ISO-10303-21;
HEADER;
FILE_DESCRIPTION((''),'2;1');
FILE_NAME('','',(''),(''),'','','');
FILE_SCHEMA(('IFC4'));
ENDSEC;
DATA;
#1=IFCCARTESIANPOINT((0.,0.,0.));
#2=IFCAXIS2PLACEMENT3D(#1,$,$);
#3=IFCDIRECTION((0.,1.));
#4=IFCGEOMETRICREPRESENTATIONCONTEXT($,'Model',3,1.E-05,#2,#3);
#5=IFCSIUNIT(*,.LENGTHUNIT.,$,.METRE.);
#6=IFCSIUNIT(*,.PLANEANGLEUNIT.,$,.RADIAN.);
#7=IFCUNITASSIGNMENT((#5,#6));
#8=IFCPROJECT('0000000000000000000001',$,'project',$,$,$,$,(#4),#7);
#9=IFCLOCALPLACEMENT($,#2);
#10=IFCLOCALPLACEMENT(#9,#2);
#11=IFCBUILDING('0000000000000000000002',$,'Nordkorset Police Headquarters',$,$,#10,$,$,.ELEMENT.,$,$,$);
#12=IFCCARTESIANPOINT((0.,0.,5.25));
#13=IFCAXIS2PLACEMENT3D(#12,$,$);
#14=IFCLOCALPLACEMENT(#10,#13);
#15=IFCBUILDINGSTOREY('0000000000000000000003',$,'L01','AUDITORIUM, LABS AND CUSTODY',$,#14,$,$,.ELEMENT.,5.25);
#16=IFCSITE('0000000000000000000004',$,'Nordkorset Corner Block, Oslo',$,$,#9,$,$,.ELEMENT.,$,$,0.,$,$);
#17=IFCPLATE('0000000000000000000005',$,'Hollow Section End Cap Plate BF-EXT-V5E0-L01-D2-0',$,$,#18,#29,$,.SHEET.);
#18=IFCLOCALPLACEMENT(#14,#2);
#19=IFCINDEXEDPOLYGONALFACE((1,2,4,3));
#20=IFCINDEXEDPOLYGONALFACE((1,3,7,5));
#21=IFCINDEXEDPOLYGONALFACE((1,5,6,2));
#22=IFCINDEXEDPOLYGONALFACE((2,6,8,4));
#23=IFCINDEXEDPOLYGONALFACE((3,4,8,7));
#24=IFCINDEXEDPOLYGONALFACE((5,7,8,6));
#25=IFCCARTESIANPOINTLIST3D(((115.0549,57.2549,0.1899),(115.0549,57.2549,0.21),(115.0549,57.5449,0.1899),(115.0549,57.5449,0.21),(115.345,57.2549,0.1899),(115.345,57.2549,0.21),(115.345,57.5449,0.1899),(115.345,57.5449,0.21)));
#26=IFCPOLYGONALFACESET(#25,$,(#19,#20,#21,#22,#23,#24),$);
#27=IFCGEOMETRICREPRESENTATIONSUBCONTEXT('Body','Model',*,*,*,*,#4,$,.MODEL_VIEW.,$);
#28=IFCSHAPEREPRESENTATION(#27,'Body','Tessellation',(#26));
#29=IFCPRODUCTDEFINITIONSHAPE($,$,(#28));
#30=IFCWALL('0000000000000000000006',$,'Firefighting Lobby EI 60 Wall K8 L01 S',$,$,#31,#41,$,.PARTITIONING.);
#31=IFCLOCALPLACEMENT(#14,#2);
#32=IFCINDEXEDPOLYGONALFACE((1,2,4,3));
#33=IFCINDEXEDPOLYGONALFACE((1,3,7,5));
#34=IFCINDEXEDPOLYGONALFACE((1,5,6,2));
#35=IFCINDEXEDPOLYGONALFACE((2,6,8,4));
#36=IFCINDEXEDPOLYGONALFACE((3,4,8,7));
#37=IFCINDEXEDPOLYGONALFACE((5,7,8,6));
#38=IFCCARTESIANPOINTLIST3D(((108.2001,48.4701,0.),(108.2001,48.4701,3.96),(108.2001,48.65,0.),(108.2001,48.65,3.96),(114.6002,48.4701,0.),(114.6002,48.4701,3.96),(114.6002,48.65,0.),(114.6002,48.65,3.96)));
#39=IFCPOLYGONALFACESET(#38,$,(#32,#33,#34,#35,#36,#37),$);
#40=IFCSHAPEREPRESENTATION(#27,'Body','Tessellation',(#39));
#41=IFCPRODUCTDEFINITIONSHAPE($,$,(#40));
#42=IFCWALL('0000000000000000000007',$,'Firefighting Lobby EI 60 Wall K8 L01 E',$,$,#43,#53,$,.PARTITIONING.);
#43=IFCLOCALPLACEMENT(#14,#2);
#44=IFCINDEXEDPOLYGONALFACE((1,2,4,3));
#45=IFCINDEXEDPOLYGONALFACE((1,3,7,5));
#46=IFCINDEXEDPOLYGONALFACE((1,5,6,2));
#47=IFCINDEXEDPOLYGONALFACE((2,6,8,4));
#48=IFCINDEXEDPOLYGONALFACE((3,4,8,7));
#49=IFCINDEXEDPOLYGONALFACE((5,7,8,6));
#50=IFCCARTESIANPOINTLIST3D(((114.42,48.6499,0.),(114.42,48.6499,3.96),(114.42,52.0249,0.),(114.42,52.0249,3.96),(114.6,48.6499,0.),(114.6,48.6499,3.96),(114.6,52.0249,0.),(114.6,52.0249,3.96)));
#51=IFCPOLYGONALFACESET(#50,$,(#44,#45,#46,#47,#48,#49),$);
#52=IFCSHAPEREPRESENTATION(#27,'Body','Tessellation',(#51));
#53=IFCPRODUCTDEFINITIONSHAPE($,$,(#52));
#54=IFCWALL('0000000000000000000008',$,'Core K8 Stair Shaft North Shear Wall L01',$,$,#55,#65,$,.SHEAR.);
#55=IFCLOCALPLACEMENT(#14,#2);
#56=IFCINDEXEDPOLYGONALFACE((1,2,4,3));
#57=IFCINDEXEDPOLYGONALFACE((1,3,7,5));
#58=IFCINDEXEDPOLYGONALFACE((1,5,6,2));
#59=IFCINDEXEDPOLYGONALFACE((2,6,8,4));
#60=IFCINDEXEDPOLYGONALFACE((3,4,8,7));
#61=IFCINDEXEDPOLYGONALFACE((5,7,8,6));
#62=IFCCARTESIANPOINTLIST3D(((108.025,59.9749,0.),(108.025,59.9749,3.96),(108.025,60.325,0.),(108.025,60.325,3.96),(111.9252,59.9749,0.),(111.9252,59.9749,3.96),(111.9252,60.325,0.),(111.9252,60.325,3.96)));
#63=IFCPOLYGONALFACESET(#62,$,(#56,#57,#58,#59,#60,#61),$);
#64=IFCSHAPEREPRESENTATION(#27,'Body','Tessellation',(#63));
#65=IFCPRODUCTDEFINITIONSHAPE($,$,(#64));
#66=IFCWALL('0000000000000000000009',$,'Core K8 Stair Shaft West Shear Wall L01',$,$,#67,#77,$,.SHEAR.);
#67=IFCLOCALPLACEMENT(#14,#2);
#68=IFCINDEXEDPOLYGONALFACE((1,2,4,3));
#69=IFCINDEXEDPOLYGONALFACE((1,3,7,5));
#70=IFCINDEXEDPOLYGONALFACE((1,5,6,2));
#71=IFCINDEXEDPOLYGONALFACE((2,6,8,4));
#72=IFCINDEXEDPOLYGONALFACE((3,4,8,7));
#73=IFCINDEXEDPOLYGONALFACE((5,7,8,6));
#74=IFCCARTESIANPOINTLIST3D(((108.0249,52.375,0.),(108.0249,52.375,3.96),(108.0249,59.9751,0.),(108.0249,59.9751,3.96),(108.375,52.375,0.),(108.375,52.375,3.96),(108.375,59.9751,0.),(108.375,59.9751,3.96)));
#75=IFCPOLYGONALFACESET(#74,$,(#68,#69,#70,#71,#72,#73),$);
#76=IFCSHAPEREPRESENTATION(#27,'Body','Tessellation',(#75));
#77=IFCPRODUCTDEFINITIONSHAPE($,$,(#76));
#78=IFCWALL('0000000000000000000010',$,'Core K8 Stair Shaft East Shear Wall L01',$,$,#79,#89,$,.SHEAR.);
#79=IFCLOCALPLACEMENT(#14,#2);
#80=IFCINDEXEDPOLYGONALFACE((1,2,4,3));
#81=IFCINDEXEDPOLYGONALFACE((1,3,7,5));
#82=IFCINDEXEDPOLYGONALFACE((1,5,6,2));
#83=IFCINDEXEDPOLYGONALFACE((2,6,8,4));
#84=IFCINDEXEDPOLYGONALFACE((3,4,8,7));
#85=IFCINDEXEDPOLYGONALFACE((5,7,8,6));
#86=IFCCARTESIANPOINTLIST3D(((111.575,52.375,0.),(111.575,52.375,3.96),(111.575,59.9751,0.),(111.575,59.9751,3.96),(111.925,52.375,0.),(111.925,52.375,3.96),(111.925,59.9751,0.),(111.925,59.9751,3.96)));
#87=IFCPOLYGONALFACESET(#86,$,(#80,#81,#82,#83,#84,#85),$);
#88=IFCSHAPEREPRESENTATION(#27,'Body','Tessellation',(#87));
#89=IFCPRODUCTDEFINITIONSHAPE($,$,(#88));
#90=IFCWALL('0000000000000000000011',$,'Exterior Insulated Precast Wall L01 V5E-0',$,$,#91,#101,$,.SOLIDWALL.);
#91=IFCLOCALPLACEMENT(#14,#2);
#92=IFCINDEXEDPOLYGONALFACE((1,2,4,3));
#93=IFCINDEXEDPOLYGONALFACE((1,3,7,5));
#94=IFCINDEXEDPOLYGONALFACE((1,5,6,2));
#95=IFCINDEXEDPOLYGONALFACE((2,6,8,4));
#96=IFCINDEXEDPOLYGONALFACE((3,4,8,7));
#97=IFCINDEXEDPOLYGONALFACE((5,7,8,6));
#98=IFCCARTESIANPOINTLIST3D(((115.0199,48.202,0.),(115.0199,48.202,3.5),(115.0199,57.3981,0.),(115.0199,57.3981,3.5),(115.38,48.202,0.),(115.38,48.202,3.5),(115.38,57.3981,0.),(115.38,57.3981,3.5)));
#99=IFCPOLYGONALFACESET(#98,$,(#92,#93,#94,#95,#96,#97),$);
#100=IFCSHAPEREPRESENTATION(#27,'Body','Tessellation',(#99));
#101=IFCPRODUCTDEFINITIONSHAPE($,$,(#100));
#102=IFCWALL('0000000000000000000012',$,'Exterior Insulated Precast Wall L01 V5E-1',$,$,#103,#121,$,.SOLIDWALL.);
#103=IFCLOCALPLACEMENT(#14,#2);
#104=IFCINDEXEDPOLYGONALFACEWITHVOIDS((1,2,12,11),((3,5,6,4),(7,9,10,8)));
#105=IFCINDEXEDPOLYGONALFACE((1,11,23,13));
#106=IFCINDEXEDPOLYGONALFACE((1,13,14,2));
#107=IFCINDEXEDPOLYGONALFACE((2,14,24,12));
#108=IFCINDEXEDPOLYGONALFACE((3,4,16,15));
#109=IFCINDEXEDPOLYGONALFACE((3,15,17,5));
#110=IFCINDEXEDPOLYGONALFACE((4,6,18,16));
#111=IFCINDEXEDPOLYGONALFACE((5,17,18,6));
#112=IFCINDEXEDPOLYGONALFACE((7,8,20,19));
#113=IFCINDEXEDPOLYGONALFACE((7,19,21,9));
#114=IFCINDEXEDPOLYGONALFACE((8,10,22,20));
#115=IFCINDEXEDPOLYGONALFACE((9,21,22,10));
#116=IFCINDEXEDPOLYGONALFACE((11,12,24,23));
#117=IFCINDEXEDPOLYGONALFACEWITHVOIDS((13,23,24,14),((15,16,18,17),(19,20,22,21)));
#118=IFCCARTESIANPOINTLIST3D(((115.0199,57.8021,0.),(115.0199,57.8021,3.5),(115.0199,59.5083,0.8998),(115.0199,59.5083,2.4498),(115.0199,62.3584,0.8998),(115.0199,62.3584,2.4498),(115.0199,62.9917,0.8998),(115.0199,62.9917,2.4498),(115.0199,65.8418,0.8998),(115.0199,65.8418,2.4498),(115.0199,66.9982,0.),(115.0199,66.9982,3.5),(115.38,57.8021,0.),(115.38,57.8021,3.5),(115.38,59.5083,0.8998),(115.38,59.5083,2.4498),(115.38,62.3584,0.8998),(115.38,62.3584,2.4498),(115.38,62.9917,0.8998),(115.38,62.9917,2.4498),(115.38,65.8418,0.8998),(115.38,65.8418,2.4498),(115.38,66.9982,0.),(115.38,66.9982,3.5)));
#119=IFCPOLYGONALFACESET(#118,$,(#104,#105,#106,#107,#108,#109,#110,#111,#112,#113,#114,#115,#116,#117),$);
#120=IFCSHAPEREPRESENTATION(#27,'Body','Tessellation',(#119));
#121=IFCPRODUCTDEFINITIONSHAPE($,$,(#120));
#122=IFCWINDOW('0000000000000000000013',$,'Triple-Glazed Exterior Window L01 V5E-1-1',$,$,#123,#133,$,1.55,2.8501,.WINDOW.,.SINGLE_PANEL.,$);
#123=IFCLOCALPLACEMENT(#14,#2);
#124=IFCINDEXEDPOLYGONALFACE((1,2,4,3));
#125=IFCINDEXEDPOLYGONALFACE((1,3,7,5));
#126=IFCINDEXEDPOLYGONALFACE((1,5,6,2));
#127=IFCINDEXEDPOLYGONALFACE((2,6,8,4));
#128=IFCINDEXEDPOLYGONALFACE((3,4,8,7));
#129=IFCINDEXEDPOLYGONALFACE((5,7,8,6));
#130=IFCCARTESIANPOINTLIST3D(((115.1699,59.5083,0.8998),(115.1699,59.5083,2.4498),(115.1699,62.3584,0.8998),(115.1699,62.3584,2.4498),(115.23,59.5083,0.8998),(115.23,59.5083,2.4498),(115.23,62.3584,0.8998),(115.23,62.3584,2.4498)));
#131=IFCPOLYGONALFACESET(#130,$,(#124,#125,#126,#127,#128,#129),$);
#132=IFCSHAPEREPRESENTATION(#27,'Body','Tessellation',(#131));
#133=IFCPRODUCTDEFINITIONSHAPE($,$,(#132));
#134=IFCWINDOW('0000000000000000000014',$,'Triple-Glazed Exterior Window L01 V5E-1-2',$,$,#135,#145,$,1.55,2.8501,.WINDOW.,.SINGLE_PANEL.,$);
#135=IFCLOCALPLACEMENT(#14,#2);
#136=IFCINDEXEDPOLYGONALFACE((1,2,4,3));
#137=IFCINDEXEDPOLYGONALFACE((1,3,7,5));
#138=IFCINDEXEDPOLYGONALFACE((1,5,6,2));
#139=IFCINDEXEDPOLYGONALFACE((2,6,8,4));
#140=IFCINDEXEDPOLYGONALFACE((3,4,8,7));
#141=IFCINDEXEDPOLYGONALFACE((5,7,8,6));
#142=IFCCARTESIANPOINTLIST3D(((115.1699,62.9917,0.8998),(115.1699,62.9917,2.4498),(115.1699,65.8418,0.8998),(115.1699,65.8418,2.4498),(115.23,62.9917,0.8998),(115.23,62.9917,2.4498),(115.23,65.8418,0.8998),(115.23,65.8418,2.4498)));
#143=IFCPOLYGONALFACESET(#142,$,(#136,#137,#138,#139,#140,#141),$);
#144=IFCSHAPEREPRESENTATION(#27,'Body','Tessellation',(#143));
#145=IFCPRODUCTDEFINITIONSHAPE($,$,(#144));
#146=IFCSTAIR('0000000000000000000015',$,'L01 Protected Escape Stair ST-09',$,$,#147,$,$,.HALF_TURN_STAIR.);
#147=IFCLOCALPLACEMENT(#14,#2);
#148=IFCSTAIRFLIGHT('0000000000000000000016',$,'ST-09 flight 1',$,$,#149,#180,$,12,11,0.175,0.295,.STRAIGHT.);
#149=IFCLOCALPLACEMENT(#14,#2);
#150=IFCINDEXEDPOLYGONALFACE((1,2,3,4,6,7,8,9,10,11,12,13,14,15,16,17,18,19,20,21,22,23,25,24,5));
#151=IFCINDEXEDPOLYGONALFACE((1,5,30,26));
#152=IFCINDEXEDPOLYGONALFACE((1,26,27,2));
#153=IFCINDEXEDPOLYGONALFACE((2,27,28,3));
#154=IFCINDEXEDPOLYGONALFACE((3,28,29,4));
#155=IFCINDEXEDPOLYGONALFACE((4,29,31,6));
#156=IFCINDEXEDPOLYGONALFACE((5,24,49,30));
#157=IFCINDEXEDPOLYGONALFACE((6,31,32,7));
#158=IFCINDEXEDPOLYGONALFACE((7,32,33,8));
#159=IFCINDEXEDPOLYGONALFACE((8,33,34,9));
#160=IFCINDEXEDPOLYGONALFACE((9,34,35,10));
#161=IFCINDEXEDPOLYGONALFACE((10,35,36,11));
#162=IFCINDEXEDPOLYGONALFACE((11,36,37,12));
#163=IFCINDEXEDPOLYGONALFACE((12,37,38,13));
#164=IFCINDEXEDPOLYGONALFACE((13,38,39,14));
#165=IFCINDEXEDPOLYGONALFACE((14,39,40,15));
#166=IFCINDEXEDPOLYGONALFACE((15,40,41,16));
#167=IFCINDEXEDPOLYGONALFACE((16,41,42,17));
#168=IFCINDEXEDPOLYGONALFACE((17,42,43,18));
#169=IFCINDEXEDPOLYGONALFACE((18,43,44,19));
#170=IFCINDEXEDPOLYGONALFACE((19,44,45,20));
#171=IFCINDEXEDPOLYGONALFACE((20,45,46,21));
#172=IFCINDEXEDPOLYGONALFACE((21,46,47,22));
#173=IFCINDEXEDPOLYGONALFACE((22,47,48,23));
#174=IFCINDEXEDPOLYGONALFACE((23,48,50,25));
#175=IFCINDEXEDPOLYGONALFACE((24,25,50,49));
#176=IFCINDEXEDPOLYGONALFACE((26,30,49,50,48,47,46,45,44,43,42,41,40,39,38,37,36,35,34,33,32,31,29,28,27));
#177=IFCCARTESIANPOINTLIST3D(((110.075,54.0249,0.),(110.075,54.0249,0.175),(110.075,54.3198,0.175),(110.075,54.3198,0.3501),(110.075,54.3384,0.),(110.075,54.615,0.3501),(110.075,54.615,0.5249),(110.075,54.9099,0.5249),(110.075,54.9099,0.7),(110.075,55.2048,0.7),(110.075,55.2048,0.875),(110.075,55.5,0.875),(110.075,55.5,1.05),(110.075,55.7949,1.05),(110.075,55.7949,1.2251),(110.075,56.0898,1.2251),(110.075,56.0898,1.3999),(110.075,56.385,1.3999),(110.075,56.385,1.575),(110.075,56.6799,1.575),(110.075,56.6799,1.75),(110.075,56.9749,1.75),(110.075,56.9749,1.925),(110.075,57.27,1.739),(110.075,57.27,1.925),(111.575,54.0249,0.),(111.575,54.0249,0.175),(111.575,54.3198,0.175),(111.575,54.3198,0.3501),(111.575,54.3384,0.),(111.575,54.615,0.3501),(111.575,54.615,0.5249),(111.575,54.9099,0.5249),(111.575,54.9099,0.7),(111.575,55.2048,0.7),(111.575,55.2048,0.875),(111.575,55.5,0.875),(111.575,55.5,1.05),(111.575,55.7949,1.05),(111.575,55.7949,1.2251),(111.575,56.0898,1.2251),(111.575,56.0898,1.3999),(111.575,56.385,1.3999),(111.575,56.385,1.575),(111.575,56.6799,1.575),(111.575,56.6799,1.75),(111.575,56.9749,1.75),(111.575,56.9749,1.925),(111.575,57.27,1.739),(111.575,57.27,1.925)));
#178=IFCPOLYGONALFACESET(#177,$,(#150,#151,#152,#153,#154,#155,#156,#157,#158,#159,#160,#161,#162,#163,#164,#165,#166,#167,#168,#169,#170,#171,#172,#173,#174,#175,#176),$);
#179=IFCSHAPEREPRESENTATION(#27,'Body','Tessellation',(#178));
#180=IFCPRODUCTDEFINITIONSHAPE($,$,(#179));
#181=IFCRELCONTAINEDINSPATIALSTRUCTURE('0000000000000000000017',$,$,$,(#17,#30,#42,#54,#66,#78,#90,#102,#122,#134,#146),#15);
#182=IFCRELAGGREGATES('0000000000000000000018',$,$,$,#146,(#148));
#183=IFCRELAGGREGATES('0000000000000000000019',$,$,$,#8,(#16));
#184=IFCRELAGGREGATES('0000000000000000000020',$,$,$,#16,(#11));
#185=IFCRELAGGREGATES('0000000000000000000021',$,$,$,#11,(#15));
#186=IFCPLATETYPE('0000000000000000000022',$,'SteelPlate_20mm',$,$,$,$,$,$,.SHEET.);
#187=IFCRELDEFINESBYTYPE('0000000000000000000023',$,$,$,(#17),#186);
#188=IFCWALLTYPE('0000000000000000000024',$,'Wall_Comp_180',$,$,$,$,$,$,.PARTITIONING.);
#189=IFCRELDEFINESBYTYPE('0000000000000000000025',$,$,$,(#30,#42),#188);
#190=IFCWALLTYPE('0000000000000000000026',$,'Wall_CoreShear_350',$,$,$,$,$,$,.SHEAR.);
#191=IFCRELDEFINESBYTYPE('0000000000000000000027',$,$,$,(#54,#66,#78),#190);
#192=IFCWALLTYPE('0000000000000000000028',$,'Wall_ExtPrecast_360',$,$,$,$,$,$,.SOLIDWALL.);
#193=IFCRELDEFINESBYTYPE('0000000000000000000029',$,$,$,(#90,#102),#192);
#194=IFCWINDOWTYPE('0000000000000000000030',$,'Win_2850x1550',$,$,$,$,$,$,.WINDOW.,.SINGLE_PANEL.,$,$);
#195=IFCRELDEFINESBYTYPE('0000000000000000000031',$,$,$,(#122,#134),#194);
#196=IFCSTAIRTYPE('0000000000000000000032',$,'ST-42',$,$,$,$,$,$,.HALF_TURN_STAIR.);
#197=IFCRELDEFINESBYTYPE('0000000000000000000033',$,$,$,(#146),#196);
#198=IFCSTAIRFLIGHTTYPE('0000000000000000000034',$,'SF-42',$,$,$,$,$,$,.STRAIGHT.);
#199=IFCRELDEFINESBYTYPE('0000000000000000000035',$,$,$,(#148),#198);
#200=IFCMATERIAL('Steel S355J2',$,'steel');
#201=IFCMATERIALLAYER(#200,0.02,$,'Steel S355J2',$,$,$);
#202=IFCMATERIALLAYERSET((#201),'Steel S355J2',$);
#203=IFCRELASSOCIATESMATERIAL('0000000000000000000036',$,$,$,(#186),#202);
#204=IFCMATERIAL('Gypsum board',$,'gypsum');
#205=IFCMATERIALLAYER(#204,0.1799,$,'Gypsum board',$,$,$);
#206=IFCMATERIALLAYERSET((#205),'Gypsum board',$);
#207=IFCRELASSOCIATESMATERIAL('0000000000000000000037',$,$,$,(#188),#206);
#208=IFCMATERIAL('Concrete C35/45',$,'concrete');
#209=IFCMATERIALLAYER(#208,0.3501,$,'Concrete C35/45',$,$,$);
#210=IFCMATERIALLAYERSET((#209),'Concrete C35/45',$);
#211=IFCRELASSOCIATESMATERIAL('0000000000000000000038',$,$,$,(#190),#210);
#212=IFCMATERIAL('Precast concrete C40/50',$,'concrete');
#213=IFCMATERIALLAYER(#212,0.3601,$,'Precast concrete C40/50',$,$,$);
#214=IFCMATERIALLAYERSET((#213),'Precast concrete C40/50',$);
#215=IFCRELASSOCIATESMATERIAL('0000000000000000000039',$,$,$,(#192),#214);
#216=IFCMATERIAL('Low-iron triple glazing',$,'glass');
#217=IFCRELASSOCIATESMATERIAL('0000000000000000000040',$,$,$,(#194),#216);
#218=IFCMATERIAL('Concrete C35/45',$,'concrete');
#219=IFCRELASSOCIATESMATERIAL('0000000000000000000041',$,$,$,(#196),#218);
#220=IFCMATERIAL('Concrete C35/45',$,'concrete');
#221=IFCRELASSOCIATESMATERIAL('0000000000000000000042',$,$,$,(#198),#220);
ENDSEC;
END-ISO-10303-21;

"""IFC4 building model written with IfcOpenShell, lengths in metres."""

from ifc_helpers import new_model, si_unit, direction, frame, frame_2d, origin, origin_2d, place, context, subcontext, project, spatial, polyline, rectangle, outline, extrude, material, layer, layer_set, type_object, element, fill, aggregate, save


model = new_model("IFC4")

# Units and contexts
model_context = context("Model", 3, precision=1e-05, world=origin(), true_north=direction((0.0, 1.0)))
body_context = subcontext(model_context, "Body", "Model", "MODEL_VIEW")
ifc_project = project(units=[si_unit("LENGTHUNIT", "METRE"), si_unit("PLANEANGLEUNIT", "RADIAN")], contexts=[model_context])

# Site, building, storey
site_placement = place(None, origin())
site = spatial("IfcSite", under=ifc_project, at=site_placement, Name="Nordkorset Corner Block, Oslo", CompositionType="ELEMENT", RefElevation=0.0)
building_placement = place(site_placement, origin())
building = spatial("IfcBuilding", under=site, at=building_placement, Name="Nordkorset Police Headquarters", CompositionType="ELEMENT")
storey_placement = place(building_placement, frame((0.0, 0.0, 5.25)))
storey = spatial("IfcBuildingStorey", under=building, at=storey_placement, Name="L01", Description="AUDITORIUM, LABS AND CUSTODY", CompositionType="ELEMENT", Elevation=5.25)

# Plate
ifc_material_1 = material(Name="Steel S355J2", Category="steel")
ifc_layer_1 = layer(ifc_material_1, 0.02, Name="Steel S355J2")
ifc_layer_set_1 = layer_set([ifc_layer_1], Name="Steel S355J2")
plate_type = type_object("IfcPlateType", Name="SteelPlate_20mm", PredefinedType="SHEET", material=ifc_layer_set_1)
for number, where, z_axis, x_axis, name in (
    (1, (115.2, 57.3999, 0.1899), (0.0, 0.0, 1.0), (1.0, 0.0, 0.0), "Hollow Section End Cap Plate BF-EXT-V5E0-L01-D2-0"),
):
    element("IfcPlate", number, at=place(storey_placement, frame(where, z_axis=z_axis, x_axis=x_axis)), inside=storey, type_object=plate_type, Name=name, PredefinedType="SHEET", context=body_context, shape_type="SweptSolid", body=[
        extrude(rectangle(XDim=0.29, YDim=0.29, at=origin_2d()), origin(), (0.0, 0.0, 1.0), 0.02),
    ])

# Wall
ifc_material_2 = material(Name="Gypsum board", Category="gypsum")
ifc_layer_2 = layer(ifc_material_2, 0.1799, Name="Gypsum board")
ifc_layer_set_2 = layer_set([ifc_layer_2], Name="Gypsum board")
wall_type_1 = type_object("IfcWallType", Name="Wall_Comp_180", PredefinedType="PARTITIONING", material=ifc_layer_set_2)
wall_1_placement = place(storey_placement, frame((108.2, 48.5601, 0.0), z_axis=(0.0, 0.0, 1.0), x_axis=(1.0, 0.0, 0.0)))
element("IfcWall", 2, at=wall_1_placement, inside=storey, type_object=wall_type_1, Name="Firefighting Lobby EI 60 Wall K8 L01 S", PredefinedType="PARTITIONING", context=body_context, shape_type="SweptSolid", body=[
    extrude(rectangle(XDim=6.4001, YDim=0.1799, at=frame_2d((3.2002, 0.0))), origin(), (0.0, 0.0, 1.0), 3.96),
])

# Wall
wall_2_placement = place(storey_placement, frame((114.51, 48.6499, 0.0), z_axis=(0.0, 0.0, 1.0), x_axis=(0.0, 1.0, 0.0)))
element("IfcWall", 3, at=wall_2_placement, inside=storey, type_object=wall_type_1, Name="Firefighting Lobby EI 60 Wall K8 L01 E", PredefinedType="PARTITIONING", context=body_context, shape_type="SweptSolid", body=[
    extrude(rectangle(XDim=3.375, YDim=0.1799, at=frame_2d((1.6875, 0.0))), origin(), (0.0, 0.0, 1.0), 3.96),
])

# Shared definitions
ifc_material_3 = material(Name="Concrete C35/45", Category="concrete")
ifc_layer_3 = layer(ifc_material_3, 0.3501, Name="Concrete C35/45")
ifc_layer_set_3 = layer_set([ifc_layer_3], Name="Concrete C35/45")
wall_type_2 = type_object("IfcWallType", Name="Wall_CoreShear_350", PredefinedType="SHEAR", material=ifc_layer_set_3)

# Walls
wall_3_placement = place(storey_placement, frame((108.0249, 60.1499, 0.0), z_axis=(0.0, 0.0, 1.0), x_axis=(1.0, 0.0, 0.0)))
element("IfcWall", 4, at=wall_3_placement, inside=storey, type_object=wall_type_2, Name="Core K8 Stair Shaft North Shear Wall L01", PredefinedType="SHEAR", context=body_context, shape_type="SweptSolid", body=[
    extrude(rectangle(XDim=3.9001, YDim=0.3501, at=frame_2d((1.9502, 0.0))), origin(), (0.0, 0.0, 1.0), 3.96),
])
for number, where, z_axis, x_axis, name in (
    (5, (108.2, 52.375, 0.0), (0.0, 0.0, 1.0), (0.0, 1.0, 0.0), "Core K8 Stair Shaft West Shear Wall L01"),
    (6, (111.75, 52.375, 0.0), (0.0, 0.0, 1.0), (0.0, 1.0, 0.0), "Core K8 Stair Shaft East Shear Wall L01"),
):
    element("IfcWall", number, at=place(storey_placement, frame(where, z_axis=z_axis, x_axis=x_axis)), inside=storey, type_object=wall_type_2, Name=name, PredefinedType="SHEAR", context=body_context, shape_type="SweptSolid", body=[
        extrude(rectangle(XDim=7.6001, YDim=0.3501, at=frame_2d((3.8, 0.0))), origin(), (0.0, 0.0, 1.0), 3.96),
    ])
ifc_material_4 = material(Name="Precast concrete C40/50", Category="concrete")
ifc_layer_4 = layer(ifc_material_4, 0.3601, Name="Precast concrete C40/50")
ifc_layer_set_4 = layer_set([ifc_layer_4], Name="Precast concrete C40/50")
wall_type_3 = type_object("IfcWallType", Name="Wall_ExtPrecast_360", PredefinedType="SOLIDWALL", material=ifc_layer_set_4)
wall_4_placement = place(storey_placement, frame((115.2, 48.2019, 0.0), z_axis=(0.0, 0.0, 1.0), x_axis=(0.0, 1.0, 0.0)))
element("IfcWall", 7, at=wall_4_placement, inside=storey, type_object=wall_type_3, Name="Exterior Insulated Precast Wall L01 V5E-0", PredefinedType="SOLIDWALL", context=body_context, shape_type="SweptSolid", body=[
    extrude(rectangle(XDim=9.196, YDim=0.3601, at=frame_2d((4.5981, 0.0))), origin(), (0.0, 0.0, 1.0), 3.5),
])

# Wall, openings, windows
wall_5_placement = place(storey_placement, frame((115.2, 57.802, 0.0), z_axis=(0.0, 0.0, 1.0), x_axis=(0.0, 1.0, 0.0)))
wall_5 = element("IfcWall", 8, at=wall_5_placement, inside=storey, type_object=wall_type_3, Name="Exterior Insulated Precast Wall L01 V5E-1", PredefinedType="SOLIDWALL", context=body_context, shape_type="SweptSolid", body=[
    extrude(rectangle(XDim=9.196, YDim=0.3601, at=frame_2d((4.5981, 0.0))), origin(), (0.0, 0.0, 1.0), 3.5),
])
opening_1_placement = place(wall_5_placement, frame((1.7063, 0.0, 0.8999)))
opening_1 = element("IfcOpeningElement", 9, at=opening_1_placement, cuts=wall_5, PredefinedType="OPENING", context=body_context, shape_type="SweptSolid", body=[
    extrude(rectangle(XDim=2.8501, YDim=1.55, at=frame_2d((1.425, 0.7749))), frame((0.0, 0.1899, 0.0), z_axis=(0.0, -1.0, 0.0), x_axis=(1.0, 0.0, 0.0)), (0.0, 0.0, 1.0), 0.3801),
])
opening_2_placement = place(wall_5_placement, frame((5.1897, 0.0, 0.8999)))
opening_2 = element("IfcOpeningElement", 10, at=opening_2_placement, cuts=wall_5, PredefinedType="OPENING", context=body_context, shape_type="SweptSolid", body=[
    extrude(rectangle(XDim=2.8501, YDim=1.55, at=frame_2d((1.425, 0.7749))), frame((0.0, 0.1899, 0.0), z_axis=(0.0, -1.0, 0.0), x_axis=(1.0, 0.0, 0.0)), (0.0, 0.0, 1.0), 0.3801),
])
ifc_material_5 = material(Name="Low-iron triple glazing", Category="glass")
window_type = type_object("IfcWindowType", Name="Win_2850x1550", PartitioningType="SINGLE_PANEL", PredefinedType="WINDOW", material=ifc_material_5)
window_1_placement = place(opening_1_placement, origin())
window_1 = element("IfcWindow", 11, at=window_1_placement, inside=storey, type_object=window_type, Name="Triple-Glazed Exterior Window L01 V5E-1-1", OverallHeight=1.55, OverallWidth=2.8501, PartitioningType="SINGLE_PANEL", PredefinedType="WINDOW", context=body_context, shape_type="SweptSolid", body=[
    extrude(rectangle(XDim=2.8501, YDim=1.55, at=frame_2d((1.425, 0.7749))), frame((0.0, 0.03, 0.0), z_axis=(0.0, -1.0, 0.0), x_axis=(1.0, 0.0, 0.0)), (0.0, 0.0, 1.0), 0.0601),
])
fill(opening_1, window_1)
window_2_placement = place(opening_2_placement, origin())
window_2 = element("IfcWindow", 12, at=window_2_placement, inside=storey, type_object=window_type, Name="Triple-Glazed Exterior Window L01 V5E-1-2", OverallHeight=1.55, OverallWidth=2.8501, PartitioningType="SINGLE_PANEL", PredefinedType="WINDOW", context=body_context, shape_type="SweptSolid", body=[
    extrude(rectangle(XDim=2.8501, YDim=1.55, at=frame_2d((1.425, 0.7749))), frame((0.0, 0.03, 0.0), z_axis=(0.0, -1.0, 0.0), x_axis=(1.0, 0.0, 0.0)), (0.0, 0.0, 1.0), 0.0601),
])
fill(opening_2, window_2)

# Stair, stair flight
ifc_material_6 = material(Name="Concrete C35/45", Category="concrete")
stair_type = type_object("IfcStairType", Name="ST-42", PredefinedType="HALF_TURN_STAIR", material=ifc_material_6)
stair_placement = place(storey_placement, origin())
stair = element("IfcStair", 13, at=stair_placement, inside=storey, type_object=stair_type, Name="L01 Protected Escape Stair ST-09", PredefinedType="HALF_TURN_STAIR")
ifc_material_7 = material(Name="Concrete C35/45", Category="concrete")
stair_flight_type = type_object("IfcStairFlightType", Name="SF-42", PredefinedType="STRAIGHT", material=ifc_material_7)
stair_flight_1_placement = place(storey_placement, frame((110.825, 54.0249, 0.0), z_axis=(0.0, 0.0, 1.0), x_axis=(0.0, 1.0, 0.0)))
stair_flight_1 = element("IfcStairFlight", 14, at=stair_flight_1_placement, type_object=stair_flight_type, Name="ST-09 flight 1", NumberOfRisers=12, NumberOfTreads=11, PredefinedType="STRAIGHT", RiserHeight=0.175, TreadLength=0.295, context=body_context, shape_type="SweptSolid", body=[
    extrude(outline(polyline([(0.0, 0.0), (0.0, 0.175), (0.2949, 0.175), (0.2949, 0.3501), (0.5901, 0.3501), (0.5901, 0.5249), (0.885, 0.5249), (0.885, 0.7), (1.1799, 0.7), (1.1799, 0.875), (1.4751, 0.875), (1.4751, 1.05), (1.77, 1.05), (1.77, 1.2251), (2.0649, 1.2251), (2.0649, 1.3999), (2.3601, 1.3999), (2.3601, 1.575), (2.655, 1.575), (2.655, 1.75), (2.95, 1.75), (2.95, 1.925), (3.2451, 1.925), (3.2451, 2.1001), (3.2451, 1.739), (0.3135, 0.0), (0.0, 0.0)])), frame((0.0, 0.75, 0.0), z_axis=(0.0, -1.0, 0.0), x_axis=(1.0, 0.0, 0.0)), (0.0, 0.0, 1.0), 1.5),
])
aggregate(stair, [stair_flight_1])

save(model, "model.ifc")
